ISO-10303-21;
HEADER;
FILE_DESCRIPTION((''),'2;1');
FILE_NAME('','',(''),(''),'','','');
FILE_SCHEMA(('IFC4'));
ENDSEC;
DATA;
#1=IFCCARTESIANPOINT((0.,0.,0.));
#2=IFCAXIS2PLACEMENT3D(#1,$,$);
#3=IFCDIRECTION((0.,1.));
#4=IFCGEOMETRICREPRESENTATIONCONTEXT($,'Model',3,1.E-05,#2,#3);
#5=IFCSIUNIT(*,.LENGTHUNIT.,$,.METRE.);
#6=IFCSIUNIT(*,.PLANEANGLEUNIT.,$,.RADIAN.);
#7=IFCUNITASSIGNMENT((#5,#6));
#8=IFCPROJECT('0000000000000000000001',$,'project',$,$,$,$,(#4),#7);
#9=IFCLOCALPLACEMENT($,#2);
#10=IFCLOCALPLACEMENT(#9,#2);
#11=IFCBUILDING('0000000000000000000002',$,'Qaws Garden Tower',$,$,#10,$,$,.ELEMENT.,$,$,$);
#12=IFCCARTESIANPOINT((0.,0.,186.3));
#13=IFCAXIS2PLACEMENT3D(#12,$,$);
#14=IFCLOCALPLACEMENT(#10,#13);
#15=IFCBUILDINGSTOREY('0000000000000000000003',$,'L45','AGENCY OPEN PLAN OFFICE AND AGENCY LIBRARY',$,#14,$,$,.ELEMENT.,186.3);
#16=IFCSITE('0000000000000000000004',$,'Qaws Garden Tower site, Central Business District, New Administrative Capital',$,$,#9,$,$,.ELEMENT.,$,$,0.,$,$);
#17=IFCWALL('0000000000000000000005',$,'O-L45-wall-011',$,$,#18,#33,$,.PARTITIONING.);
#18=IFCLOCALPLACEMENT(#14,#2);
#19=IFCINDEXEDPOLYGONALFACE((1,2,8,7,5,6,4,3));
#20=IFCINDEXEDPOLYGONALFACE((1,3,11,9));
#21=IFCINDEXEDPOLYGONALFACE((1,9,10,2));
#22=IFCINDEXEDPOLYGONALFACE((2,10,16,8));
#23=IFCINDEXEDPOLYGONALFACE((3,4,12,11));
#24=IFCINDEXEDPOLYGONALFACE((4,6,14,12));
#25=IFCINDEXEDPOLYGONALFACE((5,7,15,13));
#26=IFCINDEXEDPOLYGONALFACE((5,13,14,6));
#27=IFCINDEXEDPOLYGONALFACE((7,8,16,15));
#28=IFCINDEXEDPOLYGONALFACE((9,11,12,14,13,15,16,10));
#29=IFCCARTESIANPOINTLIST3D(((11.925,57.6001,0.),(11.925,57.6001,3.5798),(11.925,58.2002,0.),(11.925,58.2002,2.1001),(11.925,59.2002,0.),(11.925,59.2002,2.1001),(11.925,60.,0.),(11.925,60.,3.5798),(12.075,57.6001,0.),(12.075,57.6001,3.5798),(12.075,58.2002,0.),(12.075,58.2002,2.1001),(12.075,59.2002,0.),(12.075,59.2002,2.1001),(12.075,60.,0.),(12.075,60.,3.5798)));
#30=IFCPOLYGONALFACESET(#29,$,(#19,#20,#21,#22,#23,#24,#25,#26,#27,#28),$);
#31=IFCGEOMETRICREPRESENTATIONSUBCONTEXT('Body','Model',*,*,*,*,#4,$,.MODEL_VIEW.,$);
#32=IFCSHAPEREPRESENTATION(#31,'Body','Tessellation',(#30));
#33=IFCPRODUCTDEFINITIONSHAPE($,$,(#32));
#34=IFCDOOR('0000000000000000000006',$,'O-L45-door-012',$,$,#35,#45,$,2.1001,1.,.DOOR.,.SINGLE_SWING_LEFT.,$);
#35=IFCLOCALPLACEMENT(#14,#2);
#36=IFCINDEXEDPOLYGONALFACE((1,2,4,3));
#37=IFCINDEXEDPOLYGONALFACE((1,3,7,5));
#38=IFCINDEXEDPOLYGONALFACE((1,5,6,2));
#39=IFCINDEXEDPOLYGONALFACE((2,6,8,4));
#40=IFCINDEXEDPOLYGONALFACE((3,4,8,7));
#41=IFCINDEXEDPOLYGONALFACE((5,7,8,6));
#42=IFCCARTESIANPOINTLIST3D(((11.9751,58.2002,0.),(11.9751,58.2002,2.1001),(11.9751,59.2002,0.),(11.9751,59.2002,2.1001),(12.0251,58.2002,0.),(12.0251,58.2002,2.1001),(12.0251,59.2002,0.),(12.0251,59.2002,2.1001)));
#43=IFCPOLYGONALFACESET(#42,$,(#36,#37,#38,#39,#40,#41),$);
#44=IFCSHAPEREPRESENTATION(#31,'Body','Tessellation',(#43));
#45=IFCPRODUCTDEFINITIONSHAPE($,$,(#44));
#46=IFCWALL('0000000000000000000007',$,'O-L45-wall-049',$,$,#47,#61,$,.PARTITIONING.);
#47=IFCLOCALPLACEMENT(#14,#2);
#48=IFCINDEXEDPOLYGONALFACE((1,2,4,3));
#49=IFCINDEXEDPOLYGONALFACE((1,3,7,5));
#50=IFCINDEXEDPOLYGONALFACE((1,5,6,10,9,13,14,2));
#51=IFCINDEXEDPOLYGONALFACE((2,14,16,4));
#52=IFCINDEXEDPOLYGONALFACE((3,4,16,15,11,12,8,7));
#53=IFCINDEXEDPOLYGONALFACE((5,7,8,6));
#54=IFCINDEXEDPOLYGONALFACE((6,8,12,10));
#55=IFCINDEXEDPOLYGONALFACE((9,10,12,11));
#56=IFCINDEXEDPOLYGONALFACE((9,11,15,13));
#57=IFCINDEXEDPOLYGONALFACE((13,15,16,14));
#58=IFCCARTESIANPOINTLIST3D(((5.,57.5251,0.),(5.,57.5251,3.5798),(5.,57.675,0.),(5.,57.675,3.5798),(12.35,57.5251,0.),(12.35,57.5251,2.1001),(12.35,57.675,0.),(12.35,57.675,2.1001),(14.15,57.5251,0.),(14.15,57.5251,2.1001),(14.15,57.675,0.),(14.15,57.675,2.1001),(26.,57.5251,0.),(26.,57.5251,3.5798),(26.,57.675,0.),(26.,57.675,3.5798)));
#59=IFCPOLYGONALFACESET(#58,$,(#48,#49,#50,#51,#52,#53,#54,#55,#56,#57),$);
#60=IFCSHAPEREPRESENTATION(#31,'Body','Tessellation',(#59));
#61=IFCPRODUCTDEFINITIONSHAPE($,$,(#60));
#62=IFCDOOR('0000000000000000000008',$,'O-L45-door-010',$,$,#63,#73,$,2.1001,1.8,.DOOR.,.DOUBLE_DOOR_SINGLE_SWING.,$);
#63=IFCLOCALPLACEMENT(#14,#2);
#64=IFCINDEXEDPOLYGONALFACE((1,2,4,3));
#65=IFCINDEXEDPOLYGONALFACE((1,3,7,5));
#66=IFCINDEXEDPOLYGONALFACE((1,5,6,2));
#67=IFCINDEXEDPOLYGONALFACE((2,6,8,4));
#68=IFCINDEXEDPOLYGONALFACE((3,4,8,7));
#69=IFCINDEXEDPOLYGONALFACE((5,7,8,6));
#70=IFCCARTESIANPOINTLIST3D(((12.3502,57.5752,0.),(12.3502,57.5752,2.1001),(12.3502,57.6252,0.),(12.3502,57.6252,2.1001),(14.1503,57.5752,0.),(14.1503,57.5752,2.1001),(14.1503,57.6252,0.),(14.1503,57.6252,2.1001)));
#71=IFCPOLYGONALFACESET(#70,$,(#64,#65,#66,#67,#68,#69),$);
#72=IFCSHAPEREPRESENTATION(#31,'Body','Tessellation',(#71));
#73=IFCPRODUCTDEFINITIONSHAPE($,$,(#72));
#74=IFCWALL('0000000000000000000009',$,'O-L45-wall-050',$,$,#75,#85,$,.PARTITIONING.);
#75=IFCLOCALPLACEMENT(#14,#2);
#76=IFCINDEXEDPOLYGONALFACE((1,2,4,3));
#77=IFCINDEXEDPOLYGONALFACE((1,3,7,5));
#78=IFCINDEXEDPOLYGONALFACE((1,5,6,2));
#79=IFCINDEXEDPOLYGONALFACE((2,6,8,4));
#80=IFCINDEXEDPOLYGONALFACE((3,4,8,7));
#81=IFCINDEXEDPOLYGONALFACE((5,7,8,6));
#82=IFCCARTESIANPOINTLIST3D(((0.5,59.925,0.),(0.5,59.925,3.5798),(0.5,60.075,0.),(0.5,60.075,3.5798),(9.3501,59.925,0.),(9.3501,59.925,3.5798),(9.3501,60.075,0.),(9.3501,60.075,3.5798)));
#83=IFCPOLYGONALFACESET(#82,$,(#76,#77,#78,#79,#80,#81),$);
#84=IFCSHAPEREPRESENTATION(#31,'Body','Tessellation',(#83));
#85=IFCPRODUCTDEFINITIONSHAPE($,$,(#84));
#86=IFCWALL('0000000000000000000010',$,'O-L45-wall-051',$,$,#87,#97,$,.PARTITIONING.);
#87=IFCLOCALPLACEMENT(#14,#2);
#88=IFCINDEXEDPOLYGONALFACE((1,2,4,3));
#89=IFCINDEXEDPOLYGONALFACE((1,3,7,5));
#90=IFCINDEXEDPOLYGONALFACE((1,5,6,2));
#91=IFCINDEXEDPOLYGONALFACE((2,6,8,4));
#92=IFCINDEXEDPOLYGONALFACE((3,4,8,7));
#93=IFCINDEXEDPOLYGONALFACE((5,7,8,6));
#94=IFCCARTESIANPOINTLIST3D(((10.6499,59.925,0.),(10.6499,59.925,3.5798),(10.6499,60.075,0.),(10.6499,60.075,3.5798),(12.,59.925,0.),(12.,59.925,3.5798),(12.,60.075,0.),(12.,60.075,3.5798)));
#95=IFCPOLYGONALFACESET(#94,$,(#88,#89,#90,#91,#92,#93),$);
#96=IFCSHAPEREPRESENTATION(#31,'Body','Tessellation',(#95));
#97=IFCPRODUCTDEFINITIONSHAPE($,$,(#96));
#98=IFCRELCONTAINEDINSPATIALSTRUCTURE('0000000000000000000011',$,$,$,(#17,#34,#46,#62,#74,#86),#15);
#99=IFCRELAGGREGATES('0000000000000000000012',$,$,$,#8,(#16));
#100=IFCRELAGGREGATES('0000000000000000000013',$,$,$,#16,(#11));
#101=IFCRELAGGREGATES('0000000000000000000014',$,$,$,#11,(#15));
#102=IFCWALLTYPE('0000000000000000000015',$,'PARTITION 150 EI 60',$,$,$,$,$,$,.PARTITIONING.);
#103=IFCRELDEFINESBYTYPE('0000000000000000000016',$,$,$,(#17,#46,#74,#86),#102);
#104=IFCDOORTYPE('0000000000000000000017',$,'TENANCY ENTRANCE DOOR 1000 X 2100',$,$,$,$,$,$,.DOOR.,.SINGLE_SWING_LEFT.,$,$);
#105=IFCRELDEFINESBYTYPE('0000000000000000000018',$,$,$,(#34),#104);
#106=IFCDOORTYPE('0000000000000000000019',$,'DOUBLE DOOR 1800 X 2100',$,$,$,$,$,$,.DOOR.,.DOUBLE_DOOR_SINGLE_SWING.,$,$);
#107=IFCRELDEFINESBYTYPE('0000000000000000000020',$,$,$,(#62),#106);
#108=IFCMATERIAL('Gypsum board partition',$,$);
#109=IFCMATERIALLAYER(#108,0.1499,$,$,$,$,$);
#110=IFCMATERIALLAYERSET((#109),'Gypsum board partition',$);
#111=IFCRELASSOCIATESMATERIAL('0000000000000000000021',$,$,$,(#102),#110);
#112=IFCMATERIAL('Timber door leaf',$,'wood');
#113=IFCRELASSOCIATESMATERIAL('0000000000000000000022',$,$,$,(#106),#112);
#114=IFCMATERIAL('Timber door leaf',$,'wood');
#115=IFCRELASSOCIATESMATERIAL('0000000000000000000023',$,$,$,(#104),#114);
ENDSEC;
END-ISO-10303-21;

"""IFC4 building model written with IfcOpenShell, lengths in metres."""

from ifc_helpers import new_model, si_unit, direction, frame, frame_2d, origin, place, context, subcontext, project, spatial, rectangle, extrude, material, layer, layer_set, type_object, element, fill, save


model = new_model("IFC4")

# Units and contexts
model_context = context("Model", 3, precision=1e-05, world=origin(), true_north=direction((0.0, 1.0)))
body_context = subcontext(model_context, "Body", "Model", "MODEL_VIEW")
ifc_project = project(units=[si_unit("LENGTHUNIT", "METRE"), si_unit("PLANEANGLEUNIT", "RADIAN")], contexts=[model_context])

# Site, building, storey
site_placement = place(None, origin())
site = spatial("IfcSite", under=ifc_project, at=site_placement, Name="Qaws Garden Tower site, Central Business District, New Administrative Capital", CompositionType="ELEMENT", RefElevation=0.0)
building_placement = place(site_placement, origin())
building = spatial("IfcBuilding", under=site, at=building_placement, Name="Qaws Garden Tower", CompositionType="ELEMENT")
storey_placement = place(building_placement, frame((0.0, 0.0, 186.3)))
storey = spatial("IfcBuildingStorey", under=building, at=storey_placement, Name="L45", Description="AGENCY OPEN PLAN OFFICE AND AGENCY LIBRARY", CompositionType="ELEMENT", Elevation=186.3)

# Walls, openings, doors
ifc_material_1 = material(Name="Gypsum board partition")
ifc_layer_1 = layer(ifc_material_1, 0.1499)
ifc_layer_set_1 = layer_set([ifc_layer_1], Name="Gypsum board partition")
wall_type_1 = type_object("IfcWallType", Name="PARTITION 150 EI 60", PredefinedType="PARTITIONING", material=ifc_layer_set_1)
ifc_material_2 = material(Name="Timber door leaf", Category="wood")
door_type_1 = type_object("IfcDoorType", Name="DOUBLE DOOR 1800 X 2100", OperationType="DOUBLE_DOOR_SINGLE_SWING", PredefinedType="DOOR", material=ifc_material_2)
wall_1_placement = place(storey_placement, frame((12.0, 57.6001, 0.0), z_axis=(0.0, 0.0, 1.0), x_axis=(0.0, 1.0, 0.0)))
wall_1 = element("IfcWall", 1, at=wall_1_placement, inside=storey, type_object=wall_type_1, Name="O-L45-wall-011", PredefinedType="PARTITIONING", context=body_context, shape_type="SweptSolid", body=[
    extrude(rectangle(XDim=2.3999, YDim=0.1499, at=frame_2d((1.2, 0.0))), origin(), (0.0, 0.0, 1.0), 3.5798),
])
opening_1_placement = place(wall_1_placement, frame((0.6001, 0.0, 0.0)))
opening_1 = element("IfcOpeningElement", 2, at=opening_1_placement, cuts=wall_1, PredefinedType="OPENING", context=body_context, shape_type="SweptSolid", body=[
    extrude(rectangle(XDim=1.0, YDim=2.1001, at=frame_2d((0.5, 1.05))), frame((0.0, 0.085, 0.0), z_axis=(0.0, -1.0, 0.0), x_axis=(1.0, 0.0, 0.0)), (0.0, 0.0, 1.0), 0.1699),
])
ifc_material_3 = material(Name="Timber door leaf", Category="wood")
door_type_2 = type_object("IfcDoorType", Name="TENANCY ENTRANCE DOOR 1000 X 2100", OperationType="SINGLE_SWING_LEFT", PredefinedType="DOOR", material=ifc_material_3)
door_1_placement = place(opening_1_placement, origin())
door_1 = element("IfcDoor", 3, at=door_1_placement, inside=storey, type_object=door_type_2, Name="O-L45-door-012", OperationType="SINGLE_SWING_LEFT", OverallHeight=2.1001, OverallWidth=1.0, PredefinedType="DOOR", context=body_context, shape_type="SweptSolid", body=[
    extrude(rectangle(XDim=1.0, YDim=2.1001, at=frame_2d((0.5, 1.05))), frame((0.0, 0.0249, 0.0), z_axis=(0.0, -1.0, 0.0), x_axis=(1.0, 0.0, 0.0)), (0.0, 0.0, 1.0), 0.05),
])
fill(opening_1, door_1)
wall_2_placement = place(storey_placement, frame((5.0, 57.6001, 0.0), z_axis=(0.0, 0.0, 1.0), x_axis=(1.0, 0.0, 0.0)))
wall_2 = element("IfcWall", 4, at=wall_2_placement, inside=storey, type_object=wall_type_1, Name="O-L45-wall-049", PredefinedType="PARTITIONING", context=body_context, shape_type="SweptSolid", body=[
    extrude(rectangle(XDim=21.0, YDim=0.1499, at=frame_2d((10.5, 0.0))), origin(), (0.0, 0.0, 1.0), 3.5798),
])
opening_2_placement = place(wall_2_placement, frame((7.3501, 0.0, 0.0)))
opening_2 = element("IfcOpeningElement", 5, at=opening_2_placement, cuts=wall_2, PredefinedType="OPENING", context=body_context, shape_type="SweptSolid", body=[
    extrude(rectangle(XDim=1.8, YDim=2.1001, at=frame_2d((0.8999, 1.05))), frame((0.0, 0.085, 0.0), z_axis=(0.0, -1.0, 0.0), x_axis=(1.0, 0.0, 0.0)), (0.0, 0.0, 1.0), 0.1699),
])
door_2_placement = place(opening_2_placement, frame((1.8, 0.0, 0.0), z_axis=(0.0, 0.0, 1.0), x_axis=(-1.0, 0.0, 0.0)))
door_2 = element("IfcDoor", 6, at=door_2_placement, inside=storey, type_object=door_type_1, Name="O-L45-door-010", OperationType="DOUBLE_DOOR_SINGLE_SWING", OverallHeight=2.1001, OverallWidth=1.8, PredefinedType="DOOR", context=body_context, shape_type="SweptSolid", body=[
    extrude(rectangle(XDim=1.8, YDim=2.1001, at=frame_2d((0.8999, 1.05))), frame((0.0, 0.0249, 0.0), z_axis=(0.0, -1.0, 0.0), x_axis=(1.0, 0.0, 0.0)), (0.0, 0.0, 1.0), 0.05),
])
fill(opening_2, door_2)

# Walls
wall_3_placement = place(storey_placement, frame((0.5, 60.0, 0.0), z_axis=(0.0, 0.0, 1.0), x_axis=(1.0, 0.0, 0.0)))
element("IfcWall", 7, at=wall_3_placement, inside=storey, type_object=wall_type_1, Name="O-L45-wall-050", PredefinedType="PARTITIONING", context=body_context, shape_type="SweptSolid", body=[
    extrude(rectangle(XDim=8.8501, YDim=0.1499, at=frame_2d((4.425, 0.0))), origin(), (0.0, 0.0, 1.0), 3.5798),
])
wall_4_placement = place(storey_placement, frame((10.6499, 60.0, 0.0), z_axis=(0.0, 0.0, 1.0), x_axis=(1.0, 0.0, 0.0)))
element("IfcWall", 8, at=wall_4_placement, inside=storey, type_object=wall_type_1, Name="O-L45-wall-051", PredefinedType="PARTITIONING", context=body_context, shape_type="SweptSolid", body=[
    extrude(rectangle(XDim=1.3501, YDim=0.1499, at=frame_2d((0.675, 0.0))), origin(), (0.0, 0.0, 1.0), 3.5798),
])

save(model, "model.ifc")
